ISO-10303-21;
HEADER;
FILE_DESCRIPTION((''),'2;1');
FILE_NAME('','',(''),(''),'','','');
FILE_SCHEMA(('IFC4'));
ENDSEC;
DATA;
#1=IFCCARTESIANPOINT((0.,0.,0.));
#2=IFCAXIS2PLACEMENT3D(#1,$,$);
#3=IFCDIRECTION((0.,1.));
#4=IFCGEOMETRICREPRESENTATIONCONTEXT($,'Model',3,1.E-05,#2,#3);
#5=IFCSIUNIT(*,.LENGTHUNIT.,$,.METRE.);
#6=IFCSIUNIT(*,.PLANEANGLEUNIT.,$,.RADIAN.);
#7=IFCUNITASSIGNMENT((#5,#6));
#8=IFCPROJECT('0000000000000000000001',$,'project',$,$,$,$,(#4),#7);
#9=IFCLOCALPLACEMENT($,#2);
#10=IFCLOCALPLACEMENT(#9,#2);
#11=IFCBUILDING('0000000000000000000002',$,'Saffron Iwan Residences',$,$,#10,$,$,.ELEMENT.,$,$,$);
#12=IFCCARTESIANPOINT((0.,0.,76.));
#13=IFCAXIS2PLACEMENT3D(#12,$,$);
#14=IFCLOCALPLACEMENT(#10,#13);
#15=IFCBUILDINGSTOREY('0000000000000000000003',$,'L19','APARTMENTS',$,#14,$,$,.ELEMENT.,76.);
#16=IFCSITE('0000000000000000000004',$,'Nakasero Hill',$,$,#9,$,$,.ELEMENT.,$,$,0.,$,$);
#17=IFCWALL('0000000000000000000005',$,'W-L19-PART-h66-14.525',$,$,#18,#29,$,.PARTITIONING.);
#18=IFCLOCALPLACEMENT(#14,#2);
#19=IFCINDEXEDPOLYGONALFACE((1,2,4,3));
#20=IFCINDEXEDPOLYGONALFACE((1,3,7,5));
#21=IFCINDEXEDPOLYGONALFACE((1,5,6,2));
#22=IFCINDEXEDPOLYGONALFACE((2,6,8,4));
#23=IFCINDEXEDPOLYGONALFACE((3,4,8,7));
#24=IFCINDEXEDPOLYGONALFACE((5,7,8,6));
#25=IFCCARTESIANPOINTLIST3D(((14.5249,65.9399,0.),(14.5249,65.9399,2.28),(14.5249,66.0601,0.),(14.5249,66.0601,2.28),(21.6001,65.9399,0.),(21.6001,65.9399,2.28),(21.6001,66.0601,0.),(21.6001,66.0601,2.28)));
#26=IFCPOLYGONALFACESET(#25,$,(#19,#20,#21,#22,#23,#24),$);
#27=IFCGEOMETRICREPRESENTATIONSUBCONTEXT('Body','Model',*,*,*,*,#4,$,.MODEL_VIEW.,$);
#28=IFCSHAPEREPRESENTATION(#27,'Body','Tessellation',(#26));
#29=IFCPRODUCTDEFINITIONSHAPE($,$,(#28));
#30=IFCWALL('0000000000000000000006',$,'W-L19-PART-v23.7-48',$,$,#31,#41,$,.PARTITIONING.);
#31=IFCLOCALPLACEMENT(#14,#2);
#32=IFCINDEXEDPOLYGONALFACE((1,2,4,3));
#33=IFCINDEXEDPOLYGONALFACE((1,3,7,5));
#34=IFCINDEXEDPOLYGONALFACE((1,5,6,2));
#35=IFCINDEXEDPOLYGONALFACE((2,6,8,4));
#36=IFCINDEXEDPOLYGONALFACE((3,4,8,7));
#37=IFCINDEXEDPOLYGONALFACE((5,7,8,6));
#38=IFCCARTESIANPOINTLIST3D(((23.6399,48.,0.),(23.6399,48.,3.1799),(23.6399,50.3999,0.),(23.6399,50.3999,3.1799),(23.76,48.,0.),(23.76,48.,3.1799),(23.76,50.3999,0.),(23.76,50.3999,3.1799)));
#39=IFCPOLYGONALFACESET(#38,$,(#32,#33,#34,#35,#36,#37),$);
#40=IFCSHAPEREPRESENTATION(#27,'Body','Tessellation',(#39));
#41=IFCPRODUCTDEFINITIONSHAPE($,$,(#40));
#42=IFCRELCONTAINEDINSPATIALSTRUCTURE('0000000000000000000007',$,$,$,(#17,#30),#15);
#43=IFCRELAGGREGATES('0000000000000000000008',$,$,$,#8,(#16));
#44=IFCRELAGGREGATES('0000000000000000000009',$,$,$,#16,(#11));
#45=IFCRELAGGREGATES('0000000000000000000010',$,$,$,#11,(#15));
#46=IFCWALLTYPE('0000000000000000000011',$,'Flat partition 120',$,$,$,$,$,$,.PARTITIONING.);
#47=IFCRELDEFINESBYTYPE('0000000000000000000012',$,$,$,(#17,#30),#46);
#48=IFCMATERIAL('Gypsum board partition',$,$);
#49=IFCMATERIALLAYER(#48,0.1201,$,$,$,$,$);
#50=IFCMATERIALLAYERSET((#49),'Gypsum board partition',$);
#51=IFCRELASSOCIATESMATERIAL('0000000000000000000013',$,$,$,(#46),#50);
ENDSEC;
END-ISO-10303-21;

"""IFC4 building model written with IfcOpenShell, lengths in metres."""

from ifc_helpers import new_model, si_unit, direction, frame, frame_2d, origin, place, context, subcontext, project, spatial, rectangle, extrude, material, layer, layer_set, type_object, element, save


model = new_model("IFC4")

# Units and contexts
model_context = context("Model", 3, precision=1e-05, world=origin(), true_north=direction((0.0, 1.0)))
body_context = subcontext(model_context, "Body", "Model", "MODEL_VIEW")
ifc_project = project(units=[si_unit("LENGTHUNIT", "METRE"), si_unit("PLANEANGLEUNIT", "RADIAN")], contexts=[model_context])

# Site, building, storey
site_placement = place(None, origin())
site = spatial("IfcSite", under=ifc_project, at=site_placement, Name="Nakasero Hill", CompositionType="ELEMENT", RefElevation=0.0)
building_placement = place(site_placement, origin())
building = spatial("IfcBuilding", under=site, at=building_placement, Name="Saffron Iwan Residences", CompositionType="ELEMENT")
storey_placement = place(building_placement, frame((0.0, 0.0, 76.0)))
storey = spatial("IfcBuildingStorey", under=building, at=storey_placement, Name="L19", Description="APARTMENTS", CompositionType="ELEMENT", Elevation=76.0)

# Shared definitions
ifc_material_1 = material(Name="Gypsum board partition")
ifc_layer_1 = layer(ifc_material_1, 0.1201)
ifc_layer_set_1 = layer_set([ifc_layer_1], Name="Gypsum board partition")
wall_type_1 = type_object("IfcWallType", Name="Flat partition 120", PredefinedType="PARTITIONING", material=ifc_layer_set_1)

# Walls
for number, where, z_axis, x_axis, name in (
    (1, (14.5249, 66.0, 0.0), (0.0, 0.0, 1.0), (1.0, 0.0, 0.0), "W-L19-PART-h66-14.525"),
):
    element("IfcWall", number, at=place(storey_placement, frame(where, z_axis=z_axis, x_axis=x_axis)), inside=storey, type_object=wall_type_1, Name=name, PredefinedType="PARTITIONING", context=body_context, shape_type="SweptSolid", body=[
        extrude(rectangle(XDim=7.0752, YDim=0.1201, at=frame_2d((3.5376, 0.0))), origin(), (0.0, 0.0, 1.0), 2.28),
    ])
wall_1_placement = place(storey_placement, frame((23.7, 48.0, 0.0), z_axis=(0.0, 0.0, 1.0), x_axis=(0.0, 1.0, 0.0)))
element("IfcWall", 2, at=wall_1_placement, inside=storey, type_object=wall_type_1, Name="W-L19-PART-v23.7-48", PredefinedType="PARTITIONING", context=body_context, shape_type="SweptSolid", body=[
    extrude(rectangle(XDim=2.3999, YDim=0.1201, at=frame_2d((1.2, 0.0))), origin(), (0.0, 0.0, 1.0), 3.1799),
])

save(model, "model.ifc")
